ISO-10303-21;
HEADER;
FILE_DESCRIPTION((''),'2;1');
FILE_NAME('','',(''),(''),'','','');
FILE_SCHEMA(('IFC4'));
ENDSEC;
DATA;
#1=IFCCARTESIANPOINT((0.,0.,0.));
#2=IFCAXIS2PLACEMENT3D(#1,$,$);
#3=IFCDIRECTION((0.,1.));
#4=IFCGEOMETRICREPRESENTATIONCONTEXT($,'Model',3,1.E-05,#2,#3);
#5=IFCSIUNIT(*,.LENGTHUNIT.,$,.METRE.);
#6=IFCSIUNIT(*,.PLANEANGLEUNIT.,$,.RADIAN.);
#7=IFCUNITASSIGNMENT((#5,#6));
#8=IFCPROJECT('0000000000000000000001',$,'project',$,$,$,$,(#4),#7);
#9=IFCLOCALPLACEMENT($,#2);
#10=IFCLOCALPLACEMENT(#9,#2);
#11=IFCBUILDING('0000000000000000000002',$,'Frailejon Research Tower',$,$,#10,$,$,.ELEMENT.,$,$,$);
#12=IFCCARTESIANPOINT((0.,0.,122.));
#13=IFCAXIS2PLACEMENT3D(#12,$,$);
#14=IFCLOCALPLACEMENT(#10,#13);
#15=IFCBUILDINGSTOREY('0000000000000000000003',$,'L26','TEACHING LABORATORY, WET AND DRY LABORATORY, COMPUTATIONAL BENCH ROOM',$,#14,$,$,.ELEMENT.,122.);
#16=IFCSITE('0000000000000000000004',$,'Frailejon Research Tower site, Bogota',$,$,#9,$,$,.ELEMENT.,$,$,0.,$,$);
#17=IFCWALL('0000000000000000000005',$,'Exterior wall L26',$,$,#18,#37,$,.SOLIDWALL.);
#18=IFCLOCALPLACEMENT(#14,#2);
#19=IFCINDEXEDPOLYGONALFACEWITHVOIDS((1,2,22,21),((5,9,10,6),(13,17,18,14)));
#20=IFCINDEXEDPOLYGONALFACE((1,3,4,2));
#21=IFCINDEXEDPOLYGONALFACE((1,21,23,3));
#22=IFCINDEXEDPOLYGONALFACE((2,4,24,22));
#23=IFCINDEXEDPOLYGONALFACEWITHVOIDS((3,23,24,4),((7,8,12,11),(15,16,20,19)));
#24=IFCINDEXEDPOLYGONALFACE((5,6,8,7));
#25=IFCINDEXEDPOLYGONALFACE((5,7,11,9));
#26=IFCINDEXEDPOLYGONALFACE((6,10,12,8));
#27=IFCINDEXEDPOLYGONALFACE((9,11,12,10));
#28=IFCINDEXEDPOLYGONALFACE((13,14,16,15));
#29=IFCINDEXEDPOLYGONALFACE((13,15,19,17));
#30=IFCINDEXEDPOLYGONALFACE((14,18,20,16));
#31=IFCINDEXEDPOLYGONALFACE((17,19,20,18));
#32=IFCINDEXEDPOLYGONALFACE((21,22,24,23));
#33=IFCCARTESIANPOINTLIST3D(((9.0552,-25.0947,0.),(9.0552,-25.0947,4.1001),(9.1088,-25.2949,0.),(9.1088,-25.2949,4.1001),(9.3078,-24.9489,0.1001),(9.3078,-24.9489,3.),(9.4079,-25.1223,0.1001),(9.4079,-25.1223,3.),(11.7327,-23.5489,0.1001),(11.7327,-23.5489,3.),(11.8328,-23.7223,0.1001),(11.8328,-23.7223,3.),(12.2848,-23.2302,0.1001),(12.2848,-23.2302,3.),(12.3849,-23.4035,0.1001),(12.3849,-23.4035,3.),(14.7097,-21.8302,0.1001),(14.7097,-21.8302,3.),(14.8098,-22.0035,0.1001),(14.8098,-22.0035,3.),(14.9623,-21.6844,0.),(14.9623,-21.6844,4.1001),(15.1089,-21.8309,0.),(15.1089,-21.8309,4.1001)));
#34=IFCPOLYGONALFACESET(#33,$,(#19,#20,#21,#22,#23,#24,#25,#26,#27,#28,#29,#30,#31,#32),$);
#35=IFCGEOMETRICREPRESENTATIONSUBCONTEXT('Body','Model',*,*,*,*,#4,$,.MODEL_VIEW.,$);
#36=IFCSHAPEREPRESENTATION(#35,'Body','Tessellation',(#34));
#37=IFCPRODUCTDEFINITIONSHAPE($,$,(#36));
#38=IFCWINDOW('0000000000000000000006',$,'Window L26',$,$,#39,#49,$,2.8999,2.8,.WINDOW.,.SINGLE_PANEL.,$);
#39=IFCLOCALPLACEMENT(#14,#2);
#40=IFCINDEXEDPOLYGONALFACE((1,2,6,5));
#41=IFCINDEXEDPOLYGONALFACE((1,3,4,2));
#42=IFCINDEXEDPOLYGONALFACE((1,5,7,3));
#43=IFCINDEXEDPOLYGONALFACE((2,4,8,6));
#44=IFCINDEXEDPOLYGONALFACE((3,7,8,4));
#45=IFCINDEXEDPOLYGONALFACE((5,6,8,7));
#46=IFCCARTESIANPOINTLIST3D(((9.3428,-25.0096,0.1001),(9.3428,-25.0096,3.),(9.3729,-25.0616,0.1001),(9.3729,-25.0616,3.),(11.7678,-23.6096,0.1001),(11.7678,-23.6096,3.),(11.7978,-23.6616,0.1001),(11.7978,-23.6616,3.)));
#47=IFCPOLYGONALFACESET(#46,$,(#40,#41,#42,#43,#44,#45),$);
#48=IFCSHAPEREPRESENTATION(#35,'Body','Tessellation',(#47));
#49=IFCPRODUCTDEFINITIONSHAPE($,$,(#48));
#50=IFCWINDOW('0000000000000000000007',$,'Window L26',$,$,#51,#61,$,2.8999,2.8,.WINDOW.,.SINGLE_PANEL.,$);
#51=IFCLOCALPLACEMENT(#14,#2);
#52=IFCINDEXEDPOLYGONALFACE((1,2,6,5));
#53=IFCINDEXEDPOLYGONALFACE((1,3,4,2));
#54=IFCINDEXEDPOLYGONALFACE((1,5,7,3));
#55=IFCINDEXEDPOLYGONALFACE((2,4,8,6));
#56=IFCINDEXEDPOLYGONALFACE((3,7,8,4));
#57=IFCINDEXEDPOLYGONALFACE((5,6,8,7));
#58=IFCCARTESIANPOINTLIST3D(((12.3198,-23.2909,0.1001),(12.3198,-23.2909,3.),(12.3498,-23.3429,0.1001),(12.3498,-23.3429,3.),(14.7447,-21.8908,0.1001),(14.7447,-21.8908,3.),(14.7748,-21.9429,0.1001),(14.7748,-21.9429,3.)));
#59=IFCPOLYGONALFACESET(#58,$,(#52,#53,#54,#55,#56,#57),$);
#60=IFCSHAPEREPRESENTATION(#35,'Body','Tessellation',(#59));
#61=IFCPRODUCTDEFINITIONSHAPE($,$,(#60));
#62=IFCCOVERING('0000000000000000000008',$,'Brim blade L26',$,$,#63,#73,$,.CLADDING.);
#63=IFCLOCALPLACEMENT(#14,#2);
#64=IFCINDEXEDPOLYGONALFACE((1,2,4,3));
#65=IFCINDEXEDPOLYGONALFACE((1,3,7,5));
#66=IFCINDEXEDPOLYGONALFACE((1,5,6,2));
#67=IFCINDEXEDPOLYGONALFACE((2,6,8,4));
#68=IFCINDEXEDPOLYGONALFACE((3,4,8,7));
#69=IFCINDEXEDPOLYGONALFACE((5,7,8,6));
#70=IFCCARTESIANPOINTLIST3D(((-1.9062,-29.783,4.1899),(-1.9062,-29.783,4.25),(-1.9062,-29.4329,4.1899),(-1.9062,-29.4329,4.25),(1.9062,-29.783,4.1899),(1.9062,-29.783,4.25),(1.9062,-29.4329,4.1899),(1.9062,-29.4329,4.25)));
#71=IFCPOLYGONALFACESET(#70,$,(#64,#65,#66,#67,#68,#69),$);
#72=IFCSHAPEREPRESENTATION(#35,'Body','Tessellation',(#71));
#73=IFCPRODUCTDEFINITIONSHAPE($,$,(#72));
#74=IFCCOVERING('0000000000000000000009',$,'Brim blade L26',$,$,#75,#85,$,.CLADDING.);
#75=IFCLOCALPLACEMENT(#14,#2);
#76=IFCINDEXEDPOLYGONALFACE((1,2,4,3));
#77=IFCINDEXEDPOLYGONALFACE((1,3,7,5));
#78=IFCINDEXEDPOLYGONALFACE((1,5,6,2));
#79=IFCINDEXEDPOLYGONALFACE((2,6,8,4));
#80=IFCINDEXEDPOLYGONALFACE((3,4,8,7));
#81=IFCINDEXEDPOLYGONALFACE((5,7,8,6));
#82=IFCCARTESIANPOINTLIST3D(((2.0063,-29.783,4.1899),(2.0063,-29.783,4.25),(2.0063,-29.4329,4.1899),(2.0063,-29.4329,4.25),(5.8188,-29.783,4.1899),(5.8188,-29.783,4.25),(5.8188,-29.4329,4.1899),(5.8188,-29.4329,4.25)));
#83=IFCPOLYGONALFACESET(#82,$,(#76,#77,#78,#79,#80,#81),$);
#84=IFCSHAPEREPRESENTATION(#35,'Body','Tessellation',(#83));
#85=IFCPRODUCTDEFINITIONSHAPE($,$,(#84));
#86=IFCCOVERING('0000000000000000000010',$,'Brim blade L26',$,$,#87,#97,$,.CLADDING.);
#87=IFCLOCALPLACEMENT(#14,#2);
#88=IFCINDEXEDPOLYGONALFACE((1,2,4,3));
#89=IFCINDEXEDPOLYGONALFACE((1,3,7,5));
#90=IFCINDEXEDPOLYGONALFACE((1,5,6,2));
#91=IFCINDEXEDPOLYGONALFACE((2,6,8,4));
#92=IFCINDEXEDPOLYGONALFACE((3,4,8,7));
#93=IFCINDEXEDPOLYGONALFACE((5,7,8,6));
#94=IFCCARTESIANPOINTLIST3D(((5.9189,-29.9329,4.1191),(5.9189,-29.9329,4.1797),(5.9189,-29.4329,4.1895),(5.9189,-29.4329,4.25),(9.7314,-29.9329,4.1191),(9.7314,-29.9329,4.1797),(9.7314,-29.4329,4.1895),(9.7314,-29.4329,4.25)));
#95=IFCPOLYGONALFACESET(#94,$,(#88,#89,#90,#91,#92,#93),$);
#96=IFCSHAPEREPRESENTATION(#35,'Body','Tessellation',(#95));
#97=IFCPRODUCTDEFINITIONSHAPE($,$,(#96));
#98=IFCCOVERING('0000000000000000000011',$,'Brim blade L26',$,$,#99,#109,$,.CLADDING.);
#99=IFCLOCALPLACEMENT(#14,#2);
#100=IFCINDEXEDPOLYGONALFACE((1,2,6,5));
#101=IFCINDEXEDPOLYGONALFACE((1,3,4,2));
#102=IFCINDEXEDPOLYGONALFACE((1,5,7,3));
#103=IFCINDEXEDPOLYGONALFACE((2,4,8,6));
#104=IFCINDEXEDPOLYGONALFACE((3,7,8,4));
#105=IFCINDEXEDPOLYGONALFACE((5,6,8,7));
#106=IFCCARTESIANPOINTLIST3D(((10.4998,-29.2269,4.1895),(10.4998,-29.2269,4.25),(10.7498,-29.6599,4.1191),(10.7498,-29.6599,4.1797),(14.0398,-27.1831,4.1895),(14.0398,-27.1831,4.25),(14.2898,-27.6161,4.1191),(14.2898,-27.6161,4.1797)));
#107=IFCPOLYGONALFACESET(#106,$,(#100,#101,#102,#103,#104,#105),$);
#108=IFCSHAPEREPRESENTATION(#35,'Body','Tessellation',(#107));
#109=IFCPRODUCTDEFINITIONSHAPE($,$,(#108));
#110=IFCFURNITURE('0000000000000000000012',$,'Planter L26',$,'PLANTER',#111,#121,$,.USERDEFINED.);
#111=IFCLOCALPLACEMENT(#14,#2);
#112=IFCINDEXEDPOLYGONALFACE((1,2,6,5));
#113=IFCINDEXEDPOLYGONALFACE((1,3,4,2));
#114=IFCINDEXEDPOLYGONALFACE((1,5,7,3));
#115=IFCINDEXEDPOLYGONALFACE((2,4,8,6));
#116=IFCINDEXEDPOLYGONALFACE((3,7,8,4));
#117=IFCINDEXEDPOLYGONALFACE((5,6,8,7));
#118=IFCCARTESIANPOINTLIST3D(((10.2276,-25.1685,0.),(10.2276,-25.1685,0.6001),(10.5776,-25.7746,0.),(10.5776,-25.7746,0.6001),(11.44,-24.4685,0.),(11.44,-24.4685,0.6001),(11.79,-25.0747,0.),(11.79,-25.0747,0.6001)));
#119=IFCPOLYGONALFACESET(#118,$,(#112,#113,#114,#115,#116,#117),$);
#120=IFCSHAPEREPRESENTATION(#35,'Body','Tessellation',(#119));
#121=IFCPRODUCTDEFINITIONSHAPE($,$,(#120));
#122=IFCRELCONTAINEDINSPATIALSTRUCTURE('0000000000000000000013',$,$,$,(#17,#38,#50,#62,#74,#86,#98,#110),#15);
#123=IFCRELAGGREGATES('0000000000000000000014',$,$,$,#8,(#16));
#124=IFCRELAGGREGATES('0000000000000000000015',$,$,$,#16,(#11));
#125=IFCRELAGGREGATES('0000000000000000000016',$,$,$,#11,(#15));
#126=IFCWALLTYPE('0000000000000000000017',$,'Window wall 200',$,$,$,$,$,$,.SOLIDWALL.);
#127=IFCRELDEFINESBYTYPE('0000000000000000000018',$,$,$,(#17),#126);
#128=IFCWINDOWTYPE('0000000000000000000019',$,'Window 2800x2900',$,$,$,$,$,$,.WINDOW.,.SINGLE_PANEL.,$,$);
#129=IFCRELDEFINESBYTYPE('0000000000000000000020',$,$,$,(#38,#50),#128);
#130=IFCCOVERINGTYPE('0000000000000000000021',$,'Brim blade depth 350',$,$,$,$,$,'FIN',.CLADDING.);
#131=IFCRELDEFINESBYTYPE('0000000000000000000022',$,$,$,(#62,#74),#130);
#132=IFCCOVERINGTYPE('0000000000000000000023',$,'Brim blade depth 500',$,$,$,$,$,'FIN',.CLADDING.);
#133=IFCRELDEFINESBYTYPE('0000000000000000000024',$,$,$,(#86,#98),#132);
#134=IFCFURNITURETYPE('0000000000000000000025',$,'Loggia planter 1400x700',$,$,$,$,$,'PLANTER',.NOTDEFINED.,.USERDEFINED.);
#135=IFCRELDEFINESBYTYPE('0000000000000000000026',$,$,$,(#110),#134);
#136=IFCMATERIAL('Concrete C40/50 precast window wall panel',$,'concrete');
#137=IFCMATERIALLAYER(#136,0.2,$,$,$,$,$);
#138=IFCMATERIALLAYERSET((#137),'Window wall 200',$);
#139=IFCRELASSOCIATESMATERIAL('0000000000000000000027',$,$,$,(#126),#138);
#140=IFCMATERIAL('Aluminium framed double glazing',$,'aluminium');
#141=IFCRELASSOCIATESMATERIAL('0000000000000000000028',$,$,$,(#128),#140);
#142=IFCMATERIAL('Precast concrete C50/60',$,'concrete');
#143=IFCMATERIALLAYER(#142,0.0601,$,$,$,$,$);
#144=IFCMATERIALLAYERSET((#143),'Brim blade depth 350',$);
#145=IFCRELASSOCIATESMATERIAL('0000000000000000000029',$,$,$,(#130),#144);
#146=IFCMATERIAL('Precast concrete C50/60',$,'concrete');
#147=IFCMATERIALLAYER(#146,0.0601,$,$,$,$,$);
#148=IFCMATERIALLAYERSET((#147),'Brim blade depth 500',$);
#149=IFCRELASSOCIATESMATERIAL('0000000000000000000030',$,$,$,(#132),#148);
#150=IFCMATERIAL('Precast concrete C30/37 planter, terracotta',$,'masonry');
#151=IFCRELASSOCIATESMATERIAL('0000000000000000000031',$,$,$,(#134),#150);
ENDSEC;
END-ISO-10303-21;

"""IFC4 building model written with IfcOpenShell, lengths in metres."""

from ifc_helpers import new_model, si_unit, direction, frame, frame_2d, origin, origin_2d, place, context, subcontext, project, spatial, polyline, rectangle, outline, extrude, material, layer, layer_set, type_object, element, fill, save


model = new_model("IFC4")

# Units and contexts
model_context = context("Model", 3, precision=1e-05, world=origin(), true_north=direction((0.0, 1.0)))
body_context = subcontext(model_context, "Body", "Model", "MODEL_VIEW")
ifc_project = project(units=[si_unit("LENGTHUNIT", "METRE"), si_unit("PLANEANGLEUNIT", "RADIAN")], contexts=[model_context])

# Site, building, storey
site_placement = place(None, origin())
site = spatial("IfcSite", under=ifc_project, at=site_placement, Name="Frailejon Research Tower site, Bogota", CompositionType="ELEMENT", RefElevation=0.0)
building_placement = place(site_placement, origin())
building = spatial("IfcBuilding", under=site, at=building_placement, Name="Frailejon Research Tower", CompositionType="ELEMENT")
storey_placement = place(building_placement, frame((0.0, 0.0, 122.0)))
storey = spatial("IfcBuildingStorey", under=building, at=storey_placement, Name="L26", Description="TEACHING LABORATORY, WET AND DRY LABORATORY, COMPUTATIONAL BENCH ROOM", CompositionType="ELEMENT", Elevation=122.0)

# Wall, openings, windows
ifc_material_1 = material(Name="Concrete C40/50 precast window wall panel", Category="concrete")
ifc_layer_1 = layer(ifc_material_1, 0.2)
ifc_layer_set_1 = layer_set([ifc_layer_1], Name="Window wall 200")
wall_type = type_object("IfcWallType", Name="Window wall 200", PredefinedType="SOLIDWALL", material=ifc_layer_set_1)
wall_placement = place(storey_placement, frame((9.082, -25.1948, 0.0), z_axis=(0.0, 0.0, 1.0), x_axis=(0.866029, 0.499993, 0.0)))
wall = element("IfcWall", 1, at=wall_placement, inside=storey, type_object=wall_type, Name="Exterior wall L26", PredefinedType="SOLIDWALL", context=body_context, shape_type="SweptSolid", body=[
    extrude(outline(polyline([(-0.0269, -0.1001), (1.1279, -0.1001), (2.2825, -0.1001), (3.4373, -0.1001), (4.592, -0.1001), (5.7466, -0.1001), (6.9014, -0.1001), (6.8477, 0.1001), (5.7109, 0.1001), (4.574, 0.1001), (3.4373, 0.1001), (2.3005, 0.1001), (1.1636, 0.1001), (0.0269, 0.1001), (-0.0269, -0.1001)])), origin(), (0.0, 0.0, 1.0), 4.1001),
])
opening_1_placement = place(wall_placement, frame((0.3186, 0.0, 0.1001)))
opening_1 = element("IfcOpeningElement", 2, at=opening_1_placement, cuts=wall, PredefinedType="OPENING", context=body_context, shape_type="SweptSolid", body=[
    extrude(rectangle(XDim=2.8, YDim=2.8999, at=frame_2d((1.3999, 1.45))), frame((0.0, 0.1099, 0.0), z_axis=(0.0, -1.0, 0.0), x_axis=(1.0, 0.0, 0.0)), (0.0, 0.0, 1.0), 0.22),
])
opening_2_placement = place(wall_placement, frame((3.7561, 0.0, 0.1001)))
opening_2 = element("IfcOpeningElement", 3, at=opening_2_placement, cuts=wall, PredefinedType="OPENING", context=body_context, shape_type="SweptSolid", body=[
    extrude(rectangle(XDim=2.8, YDim=2.8999, at=frame_2d((1.3999, 1.45))), frame((0.0, 0.1099, 0.0), z_axis=(0.0, -1.0, 0.0), x_axis=(1.0, 0.0, 0.0)), (0.0, 0.0, 1.0), 0.22),
])
ifc_material_2 = material(Name="Aluminium framed double glazing", Category="aluminium")
window_type = type_object("IfcWindowType", Name="Window 2800x2900", PartitioningType="SINGLE_PANEL", PredefinedType="WINDOW", material=ifc_material_2)
window_1_placement = place(opening_1_placement, origin())
window_1 = element("IfcWindow", 4, at=window_1_placement, inside=storey, type_object=window_type, Name="Window L26", OverallHeight=2.8999, OverallWidth=2.8, PartitioningType="SINGLE_PANEL", PredefinedType="WINDOW", context=body_context, shape_type="SweptSolid", body=[
    extrude(rectangle(XDim=2.8, YDim=2.8999, at=frame_2d((1.3999, 1.45))), frame((0.0, 0.03, 0.0), z_axis=(0.0, -1.0, 0.0), x_axis=(1.0, 0.0, 0.0)), (0.0, 0.0, 1.0), 0.0601),
])
fill(opening_1, window_1)
window_2_placement = place(opening_2_placement, origin())
window_2 = element("IfcWindow", 5, at=window_2_placement, inside=storey, type_object=window_type, Name="Window L26", OverallHeight=2.8999, OverallWidth=2.8, PartitioningType="SINGLE_PANEL", PredefinedType="WINDOW", context=body_context, shape_type="SweptSolid", body=[
    extrude(rectangle(XDim=2.8, YDim=2.8999, at=frame_2d((1.3999, 1.45))), frame((0.0, 0.03, 0.0), z_axis=(0.0, -1.0, 0.0), x_axis=(1.0, 0.0, 0.0)), (0.0, 0.0, 1.0), 0.0601),
])
fill(opening_2, window_2)

# Coverings
ifc_material_3 = material(Name="Precast concrete C50/60", Category="concrete")
ifc_layer_2 = layer(ifc_material_3, 0.0601)
ifc_layer_set_2 = layer_set([ifc_layer_2], Name="Brim blade depth 350")
covering_type_1 = type_object("IfcCoveringType", Name="Brim blade depth 350", ElementType="FIN", PredefinedType="CLADDING", material=ifc_layer_set_2)
for number, where, z_axis, x_axis, name in (
    (6, (1.9062, -29.4329, 4.25), (-1.0, 0.0, 0.0), (0.0, -1.0, 0.0), "Brim blade L26"),
    (7, (5.8188, -29.4329, 4.25), (-1.0, 0.0, 0.0), (0.0, -1.0, 0.0), "Brim blade L26"),
):
    element("IfcCovering", number, at=place(storey_placement, frame(where, z_axis=z_axis, x_axis=x_axis)), inside=storey, type_object=covering_type_1, Name=name, PredefinedType="CLADDING", context=body_context, shape_type="SweptSolid", body=[
        extrude(outline(polyline([(0.0, -0.0601), (0.3501, -0.0601), (0.3501, 0.0), (0.0, 0.0), (0.0, -0.0601)])), origin(), (0.0, 0.0, 1.0), 3.8125),
    ])
ifc_material_4 = material(Name="Precast concrete C50/60", Category="concrete")
ifc_layer_3 = layer(ifc_material_4, 0.0601)
ifc_layer_set_3 = layer_set([ifc_layer_3], Name="Brim blade depth 500")
covering_type_2 = type_object("IfcCoveringType", Name="Brim blade depth 500", ElementType="FIN", PredefinedType="CLADDING", material=ifc_layer_set_3)
covering_1_placement = place(storey_placement, frame((9.7314, -29.4329, 4.25), z_axis=(-1.0, 0.0, 0.0), x_axis=(0.0, -1.0, 0.0)))
element("IfcCovering", 8, at=covering_1_placement, inside=storey, type_object=covering_type_2, Name="Brim blade L26", PredefinedType="CLADDING", context=body_context, shape_type="SweptSolid", body=[
    extrude(outline(polyline([(0.0, -0.0605), (0.5, -0.1309), (0.5, -0.0703), (0.0, 0.0), (0.0, -0.0605)])), origin(), (0.0, 0.0, 1.0), 3.8125),
])
covering_2_placement = place(storey_placement, frame((14.0398, -27.1831, 4.25), z_axis=(-0.866027, -0.499997, 0.0), x_axis=(0.499997, -0.866027, 0.0)))
element("IfcCovering", 9, at=covering_2_placement, inside=storey, type_object=covering_type_2, Name="Brim blade L26", PredefinedType="CLADDING", context=body_context, shape_type="SweptSolid", body=[
    extrude(outline(polyline([(0.0, -0.0605), (0.5, -0.1309), (0.5, -0.0703), (0.0, 0.0), (0.0, -0.0605)])), origin(), (0.0, 0.0, 1.0), 4.0876),
])

# Furniture
ifc_material_5 = material(Name="Precast concrete C30/37 planter, terracotta", Category="masonry")
furniture_type = type_object("IfcFurnitureType", Name="Loggia planter 1400x700", ElementType="PLANTER", AssemblyPlace="NOTDEFINED", PredefinedType="USERDEFINED", material=ifc_material_5)
furniture_placement = place(storey_placement, frame((11.0088, -25.1216, 0.0), z_axis=(0.0, 0.0, 1.0), x_axis=(0.866025, 0.5, 0.0)))
element("IfcFurniture", 10, at=furniture_placement, inside=storey, type_object=furniture_type, Name="Planter L26", ObjectType="PLANTER", PredefinedType="USERDEFINED", context=body_context, shape_type="SweptSolid", body=[
    extrude(rectangle(XDim=1.3999, YDim=0.7, at=origin_2d()), origin(), (0.0, 0.0, 1.0), 0.6001),
])

save(model, "model.ifc")
